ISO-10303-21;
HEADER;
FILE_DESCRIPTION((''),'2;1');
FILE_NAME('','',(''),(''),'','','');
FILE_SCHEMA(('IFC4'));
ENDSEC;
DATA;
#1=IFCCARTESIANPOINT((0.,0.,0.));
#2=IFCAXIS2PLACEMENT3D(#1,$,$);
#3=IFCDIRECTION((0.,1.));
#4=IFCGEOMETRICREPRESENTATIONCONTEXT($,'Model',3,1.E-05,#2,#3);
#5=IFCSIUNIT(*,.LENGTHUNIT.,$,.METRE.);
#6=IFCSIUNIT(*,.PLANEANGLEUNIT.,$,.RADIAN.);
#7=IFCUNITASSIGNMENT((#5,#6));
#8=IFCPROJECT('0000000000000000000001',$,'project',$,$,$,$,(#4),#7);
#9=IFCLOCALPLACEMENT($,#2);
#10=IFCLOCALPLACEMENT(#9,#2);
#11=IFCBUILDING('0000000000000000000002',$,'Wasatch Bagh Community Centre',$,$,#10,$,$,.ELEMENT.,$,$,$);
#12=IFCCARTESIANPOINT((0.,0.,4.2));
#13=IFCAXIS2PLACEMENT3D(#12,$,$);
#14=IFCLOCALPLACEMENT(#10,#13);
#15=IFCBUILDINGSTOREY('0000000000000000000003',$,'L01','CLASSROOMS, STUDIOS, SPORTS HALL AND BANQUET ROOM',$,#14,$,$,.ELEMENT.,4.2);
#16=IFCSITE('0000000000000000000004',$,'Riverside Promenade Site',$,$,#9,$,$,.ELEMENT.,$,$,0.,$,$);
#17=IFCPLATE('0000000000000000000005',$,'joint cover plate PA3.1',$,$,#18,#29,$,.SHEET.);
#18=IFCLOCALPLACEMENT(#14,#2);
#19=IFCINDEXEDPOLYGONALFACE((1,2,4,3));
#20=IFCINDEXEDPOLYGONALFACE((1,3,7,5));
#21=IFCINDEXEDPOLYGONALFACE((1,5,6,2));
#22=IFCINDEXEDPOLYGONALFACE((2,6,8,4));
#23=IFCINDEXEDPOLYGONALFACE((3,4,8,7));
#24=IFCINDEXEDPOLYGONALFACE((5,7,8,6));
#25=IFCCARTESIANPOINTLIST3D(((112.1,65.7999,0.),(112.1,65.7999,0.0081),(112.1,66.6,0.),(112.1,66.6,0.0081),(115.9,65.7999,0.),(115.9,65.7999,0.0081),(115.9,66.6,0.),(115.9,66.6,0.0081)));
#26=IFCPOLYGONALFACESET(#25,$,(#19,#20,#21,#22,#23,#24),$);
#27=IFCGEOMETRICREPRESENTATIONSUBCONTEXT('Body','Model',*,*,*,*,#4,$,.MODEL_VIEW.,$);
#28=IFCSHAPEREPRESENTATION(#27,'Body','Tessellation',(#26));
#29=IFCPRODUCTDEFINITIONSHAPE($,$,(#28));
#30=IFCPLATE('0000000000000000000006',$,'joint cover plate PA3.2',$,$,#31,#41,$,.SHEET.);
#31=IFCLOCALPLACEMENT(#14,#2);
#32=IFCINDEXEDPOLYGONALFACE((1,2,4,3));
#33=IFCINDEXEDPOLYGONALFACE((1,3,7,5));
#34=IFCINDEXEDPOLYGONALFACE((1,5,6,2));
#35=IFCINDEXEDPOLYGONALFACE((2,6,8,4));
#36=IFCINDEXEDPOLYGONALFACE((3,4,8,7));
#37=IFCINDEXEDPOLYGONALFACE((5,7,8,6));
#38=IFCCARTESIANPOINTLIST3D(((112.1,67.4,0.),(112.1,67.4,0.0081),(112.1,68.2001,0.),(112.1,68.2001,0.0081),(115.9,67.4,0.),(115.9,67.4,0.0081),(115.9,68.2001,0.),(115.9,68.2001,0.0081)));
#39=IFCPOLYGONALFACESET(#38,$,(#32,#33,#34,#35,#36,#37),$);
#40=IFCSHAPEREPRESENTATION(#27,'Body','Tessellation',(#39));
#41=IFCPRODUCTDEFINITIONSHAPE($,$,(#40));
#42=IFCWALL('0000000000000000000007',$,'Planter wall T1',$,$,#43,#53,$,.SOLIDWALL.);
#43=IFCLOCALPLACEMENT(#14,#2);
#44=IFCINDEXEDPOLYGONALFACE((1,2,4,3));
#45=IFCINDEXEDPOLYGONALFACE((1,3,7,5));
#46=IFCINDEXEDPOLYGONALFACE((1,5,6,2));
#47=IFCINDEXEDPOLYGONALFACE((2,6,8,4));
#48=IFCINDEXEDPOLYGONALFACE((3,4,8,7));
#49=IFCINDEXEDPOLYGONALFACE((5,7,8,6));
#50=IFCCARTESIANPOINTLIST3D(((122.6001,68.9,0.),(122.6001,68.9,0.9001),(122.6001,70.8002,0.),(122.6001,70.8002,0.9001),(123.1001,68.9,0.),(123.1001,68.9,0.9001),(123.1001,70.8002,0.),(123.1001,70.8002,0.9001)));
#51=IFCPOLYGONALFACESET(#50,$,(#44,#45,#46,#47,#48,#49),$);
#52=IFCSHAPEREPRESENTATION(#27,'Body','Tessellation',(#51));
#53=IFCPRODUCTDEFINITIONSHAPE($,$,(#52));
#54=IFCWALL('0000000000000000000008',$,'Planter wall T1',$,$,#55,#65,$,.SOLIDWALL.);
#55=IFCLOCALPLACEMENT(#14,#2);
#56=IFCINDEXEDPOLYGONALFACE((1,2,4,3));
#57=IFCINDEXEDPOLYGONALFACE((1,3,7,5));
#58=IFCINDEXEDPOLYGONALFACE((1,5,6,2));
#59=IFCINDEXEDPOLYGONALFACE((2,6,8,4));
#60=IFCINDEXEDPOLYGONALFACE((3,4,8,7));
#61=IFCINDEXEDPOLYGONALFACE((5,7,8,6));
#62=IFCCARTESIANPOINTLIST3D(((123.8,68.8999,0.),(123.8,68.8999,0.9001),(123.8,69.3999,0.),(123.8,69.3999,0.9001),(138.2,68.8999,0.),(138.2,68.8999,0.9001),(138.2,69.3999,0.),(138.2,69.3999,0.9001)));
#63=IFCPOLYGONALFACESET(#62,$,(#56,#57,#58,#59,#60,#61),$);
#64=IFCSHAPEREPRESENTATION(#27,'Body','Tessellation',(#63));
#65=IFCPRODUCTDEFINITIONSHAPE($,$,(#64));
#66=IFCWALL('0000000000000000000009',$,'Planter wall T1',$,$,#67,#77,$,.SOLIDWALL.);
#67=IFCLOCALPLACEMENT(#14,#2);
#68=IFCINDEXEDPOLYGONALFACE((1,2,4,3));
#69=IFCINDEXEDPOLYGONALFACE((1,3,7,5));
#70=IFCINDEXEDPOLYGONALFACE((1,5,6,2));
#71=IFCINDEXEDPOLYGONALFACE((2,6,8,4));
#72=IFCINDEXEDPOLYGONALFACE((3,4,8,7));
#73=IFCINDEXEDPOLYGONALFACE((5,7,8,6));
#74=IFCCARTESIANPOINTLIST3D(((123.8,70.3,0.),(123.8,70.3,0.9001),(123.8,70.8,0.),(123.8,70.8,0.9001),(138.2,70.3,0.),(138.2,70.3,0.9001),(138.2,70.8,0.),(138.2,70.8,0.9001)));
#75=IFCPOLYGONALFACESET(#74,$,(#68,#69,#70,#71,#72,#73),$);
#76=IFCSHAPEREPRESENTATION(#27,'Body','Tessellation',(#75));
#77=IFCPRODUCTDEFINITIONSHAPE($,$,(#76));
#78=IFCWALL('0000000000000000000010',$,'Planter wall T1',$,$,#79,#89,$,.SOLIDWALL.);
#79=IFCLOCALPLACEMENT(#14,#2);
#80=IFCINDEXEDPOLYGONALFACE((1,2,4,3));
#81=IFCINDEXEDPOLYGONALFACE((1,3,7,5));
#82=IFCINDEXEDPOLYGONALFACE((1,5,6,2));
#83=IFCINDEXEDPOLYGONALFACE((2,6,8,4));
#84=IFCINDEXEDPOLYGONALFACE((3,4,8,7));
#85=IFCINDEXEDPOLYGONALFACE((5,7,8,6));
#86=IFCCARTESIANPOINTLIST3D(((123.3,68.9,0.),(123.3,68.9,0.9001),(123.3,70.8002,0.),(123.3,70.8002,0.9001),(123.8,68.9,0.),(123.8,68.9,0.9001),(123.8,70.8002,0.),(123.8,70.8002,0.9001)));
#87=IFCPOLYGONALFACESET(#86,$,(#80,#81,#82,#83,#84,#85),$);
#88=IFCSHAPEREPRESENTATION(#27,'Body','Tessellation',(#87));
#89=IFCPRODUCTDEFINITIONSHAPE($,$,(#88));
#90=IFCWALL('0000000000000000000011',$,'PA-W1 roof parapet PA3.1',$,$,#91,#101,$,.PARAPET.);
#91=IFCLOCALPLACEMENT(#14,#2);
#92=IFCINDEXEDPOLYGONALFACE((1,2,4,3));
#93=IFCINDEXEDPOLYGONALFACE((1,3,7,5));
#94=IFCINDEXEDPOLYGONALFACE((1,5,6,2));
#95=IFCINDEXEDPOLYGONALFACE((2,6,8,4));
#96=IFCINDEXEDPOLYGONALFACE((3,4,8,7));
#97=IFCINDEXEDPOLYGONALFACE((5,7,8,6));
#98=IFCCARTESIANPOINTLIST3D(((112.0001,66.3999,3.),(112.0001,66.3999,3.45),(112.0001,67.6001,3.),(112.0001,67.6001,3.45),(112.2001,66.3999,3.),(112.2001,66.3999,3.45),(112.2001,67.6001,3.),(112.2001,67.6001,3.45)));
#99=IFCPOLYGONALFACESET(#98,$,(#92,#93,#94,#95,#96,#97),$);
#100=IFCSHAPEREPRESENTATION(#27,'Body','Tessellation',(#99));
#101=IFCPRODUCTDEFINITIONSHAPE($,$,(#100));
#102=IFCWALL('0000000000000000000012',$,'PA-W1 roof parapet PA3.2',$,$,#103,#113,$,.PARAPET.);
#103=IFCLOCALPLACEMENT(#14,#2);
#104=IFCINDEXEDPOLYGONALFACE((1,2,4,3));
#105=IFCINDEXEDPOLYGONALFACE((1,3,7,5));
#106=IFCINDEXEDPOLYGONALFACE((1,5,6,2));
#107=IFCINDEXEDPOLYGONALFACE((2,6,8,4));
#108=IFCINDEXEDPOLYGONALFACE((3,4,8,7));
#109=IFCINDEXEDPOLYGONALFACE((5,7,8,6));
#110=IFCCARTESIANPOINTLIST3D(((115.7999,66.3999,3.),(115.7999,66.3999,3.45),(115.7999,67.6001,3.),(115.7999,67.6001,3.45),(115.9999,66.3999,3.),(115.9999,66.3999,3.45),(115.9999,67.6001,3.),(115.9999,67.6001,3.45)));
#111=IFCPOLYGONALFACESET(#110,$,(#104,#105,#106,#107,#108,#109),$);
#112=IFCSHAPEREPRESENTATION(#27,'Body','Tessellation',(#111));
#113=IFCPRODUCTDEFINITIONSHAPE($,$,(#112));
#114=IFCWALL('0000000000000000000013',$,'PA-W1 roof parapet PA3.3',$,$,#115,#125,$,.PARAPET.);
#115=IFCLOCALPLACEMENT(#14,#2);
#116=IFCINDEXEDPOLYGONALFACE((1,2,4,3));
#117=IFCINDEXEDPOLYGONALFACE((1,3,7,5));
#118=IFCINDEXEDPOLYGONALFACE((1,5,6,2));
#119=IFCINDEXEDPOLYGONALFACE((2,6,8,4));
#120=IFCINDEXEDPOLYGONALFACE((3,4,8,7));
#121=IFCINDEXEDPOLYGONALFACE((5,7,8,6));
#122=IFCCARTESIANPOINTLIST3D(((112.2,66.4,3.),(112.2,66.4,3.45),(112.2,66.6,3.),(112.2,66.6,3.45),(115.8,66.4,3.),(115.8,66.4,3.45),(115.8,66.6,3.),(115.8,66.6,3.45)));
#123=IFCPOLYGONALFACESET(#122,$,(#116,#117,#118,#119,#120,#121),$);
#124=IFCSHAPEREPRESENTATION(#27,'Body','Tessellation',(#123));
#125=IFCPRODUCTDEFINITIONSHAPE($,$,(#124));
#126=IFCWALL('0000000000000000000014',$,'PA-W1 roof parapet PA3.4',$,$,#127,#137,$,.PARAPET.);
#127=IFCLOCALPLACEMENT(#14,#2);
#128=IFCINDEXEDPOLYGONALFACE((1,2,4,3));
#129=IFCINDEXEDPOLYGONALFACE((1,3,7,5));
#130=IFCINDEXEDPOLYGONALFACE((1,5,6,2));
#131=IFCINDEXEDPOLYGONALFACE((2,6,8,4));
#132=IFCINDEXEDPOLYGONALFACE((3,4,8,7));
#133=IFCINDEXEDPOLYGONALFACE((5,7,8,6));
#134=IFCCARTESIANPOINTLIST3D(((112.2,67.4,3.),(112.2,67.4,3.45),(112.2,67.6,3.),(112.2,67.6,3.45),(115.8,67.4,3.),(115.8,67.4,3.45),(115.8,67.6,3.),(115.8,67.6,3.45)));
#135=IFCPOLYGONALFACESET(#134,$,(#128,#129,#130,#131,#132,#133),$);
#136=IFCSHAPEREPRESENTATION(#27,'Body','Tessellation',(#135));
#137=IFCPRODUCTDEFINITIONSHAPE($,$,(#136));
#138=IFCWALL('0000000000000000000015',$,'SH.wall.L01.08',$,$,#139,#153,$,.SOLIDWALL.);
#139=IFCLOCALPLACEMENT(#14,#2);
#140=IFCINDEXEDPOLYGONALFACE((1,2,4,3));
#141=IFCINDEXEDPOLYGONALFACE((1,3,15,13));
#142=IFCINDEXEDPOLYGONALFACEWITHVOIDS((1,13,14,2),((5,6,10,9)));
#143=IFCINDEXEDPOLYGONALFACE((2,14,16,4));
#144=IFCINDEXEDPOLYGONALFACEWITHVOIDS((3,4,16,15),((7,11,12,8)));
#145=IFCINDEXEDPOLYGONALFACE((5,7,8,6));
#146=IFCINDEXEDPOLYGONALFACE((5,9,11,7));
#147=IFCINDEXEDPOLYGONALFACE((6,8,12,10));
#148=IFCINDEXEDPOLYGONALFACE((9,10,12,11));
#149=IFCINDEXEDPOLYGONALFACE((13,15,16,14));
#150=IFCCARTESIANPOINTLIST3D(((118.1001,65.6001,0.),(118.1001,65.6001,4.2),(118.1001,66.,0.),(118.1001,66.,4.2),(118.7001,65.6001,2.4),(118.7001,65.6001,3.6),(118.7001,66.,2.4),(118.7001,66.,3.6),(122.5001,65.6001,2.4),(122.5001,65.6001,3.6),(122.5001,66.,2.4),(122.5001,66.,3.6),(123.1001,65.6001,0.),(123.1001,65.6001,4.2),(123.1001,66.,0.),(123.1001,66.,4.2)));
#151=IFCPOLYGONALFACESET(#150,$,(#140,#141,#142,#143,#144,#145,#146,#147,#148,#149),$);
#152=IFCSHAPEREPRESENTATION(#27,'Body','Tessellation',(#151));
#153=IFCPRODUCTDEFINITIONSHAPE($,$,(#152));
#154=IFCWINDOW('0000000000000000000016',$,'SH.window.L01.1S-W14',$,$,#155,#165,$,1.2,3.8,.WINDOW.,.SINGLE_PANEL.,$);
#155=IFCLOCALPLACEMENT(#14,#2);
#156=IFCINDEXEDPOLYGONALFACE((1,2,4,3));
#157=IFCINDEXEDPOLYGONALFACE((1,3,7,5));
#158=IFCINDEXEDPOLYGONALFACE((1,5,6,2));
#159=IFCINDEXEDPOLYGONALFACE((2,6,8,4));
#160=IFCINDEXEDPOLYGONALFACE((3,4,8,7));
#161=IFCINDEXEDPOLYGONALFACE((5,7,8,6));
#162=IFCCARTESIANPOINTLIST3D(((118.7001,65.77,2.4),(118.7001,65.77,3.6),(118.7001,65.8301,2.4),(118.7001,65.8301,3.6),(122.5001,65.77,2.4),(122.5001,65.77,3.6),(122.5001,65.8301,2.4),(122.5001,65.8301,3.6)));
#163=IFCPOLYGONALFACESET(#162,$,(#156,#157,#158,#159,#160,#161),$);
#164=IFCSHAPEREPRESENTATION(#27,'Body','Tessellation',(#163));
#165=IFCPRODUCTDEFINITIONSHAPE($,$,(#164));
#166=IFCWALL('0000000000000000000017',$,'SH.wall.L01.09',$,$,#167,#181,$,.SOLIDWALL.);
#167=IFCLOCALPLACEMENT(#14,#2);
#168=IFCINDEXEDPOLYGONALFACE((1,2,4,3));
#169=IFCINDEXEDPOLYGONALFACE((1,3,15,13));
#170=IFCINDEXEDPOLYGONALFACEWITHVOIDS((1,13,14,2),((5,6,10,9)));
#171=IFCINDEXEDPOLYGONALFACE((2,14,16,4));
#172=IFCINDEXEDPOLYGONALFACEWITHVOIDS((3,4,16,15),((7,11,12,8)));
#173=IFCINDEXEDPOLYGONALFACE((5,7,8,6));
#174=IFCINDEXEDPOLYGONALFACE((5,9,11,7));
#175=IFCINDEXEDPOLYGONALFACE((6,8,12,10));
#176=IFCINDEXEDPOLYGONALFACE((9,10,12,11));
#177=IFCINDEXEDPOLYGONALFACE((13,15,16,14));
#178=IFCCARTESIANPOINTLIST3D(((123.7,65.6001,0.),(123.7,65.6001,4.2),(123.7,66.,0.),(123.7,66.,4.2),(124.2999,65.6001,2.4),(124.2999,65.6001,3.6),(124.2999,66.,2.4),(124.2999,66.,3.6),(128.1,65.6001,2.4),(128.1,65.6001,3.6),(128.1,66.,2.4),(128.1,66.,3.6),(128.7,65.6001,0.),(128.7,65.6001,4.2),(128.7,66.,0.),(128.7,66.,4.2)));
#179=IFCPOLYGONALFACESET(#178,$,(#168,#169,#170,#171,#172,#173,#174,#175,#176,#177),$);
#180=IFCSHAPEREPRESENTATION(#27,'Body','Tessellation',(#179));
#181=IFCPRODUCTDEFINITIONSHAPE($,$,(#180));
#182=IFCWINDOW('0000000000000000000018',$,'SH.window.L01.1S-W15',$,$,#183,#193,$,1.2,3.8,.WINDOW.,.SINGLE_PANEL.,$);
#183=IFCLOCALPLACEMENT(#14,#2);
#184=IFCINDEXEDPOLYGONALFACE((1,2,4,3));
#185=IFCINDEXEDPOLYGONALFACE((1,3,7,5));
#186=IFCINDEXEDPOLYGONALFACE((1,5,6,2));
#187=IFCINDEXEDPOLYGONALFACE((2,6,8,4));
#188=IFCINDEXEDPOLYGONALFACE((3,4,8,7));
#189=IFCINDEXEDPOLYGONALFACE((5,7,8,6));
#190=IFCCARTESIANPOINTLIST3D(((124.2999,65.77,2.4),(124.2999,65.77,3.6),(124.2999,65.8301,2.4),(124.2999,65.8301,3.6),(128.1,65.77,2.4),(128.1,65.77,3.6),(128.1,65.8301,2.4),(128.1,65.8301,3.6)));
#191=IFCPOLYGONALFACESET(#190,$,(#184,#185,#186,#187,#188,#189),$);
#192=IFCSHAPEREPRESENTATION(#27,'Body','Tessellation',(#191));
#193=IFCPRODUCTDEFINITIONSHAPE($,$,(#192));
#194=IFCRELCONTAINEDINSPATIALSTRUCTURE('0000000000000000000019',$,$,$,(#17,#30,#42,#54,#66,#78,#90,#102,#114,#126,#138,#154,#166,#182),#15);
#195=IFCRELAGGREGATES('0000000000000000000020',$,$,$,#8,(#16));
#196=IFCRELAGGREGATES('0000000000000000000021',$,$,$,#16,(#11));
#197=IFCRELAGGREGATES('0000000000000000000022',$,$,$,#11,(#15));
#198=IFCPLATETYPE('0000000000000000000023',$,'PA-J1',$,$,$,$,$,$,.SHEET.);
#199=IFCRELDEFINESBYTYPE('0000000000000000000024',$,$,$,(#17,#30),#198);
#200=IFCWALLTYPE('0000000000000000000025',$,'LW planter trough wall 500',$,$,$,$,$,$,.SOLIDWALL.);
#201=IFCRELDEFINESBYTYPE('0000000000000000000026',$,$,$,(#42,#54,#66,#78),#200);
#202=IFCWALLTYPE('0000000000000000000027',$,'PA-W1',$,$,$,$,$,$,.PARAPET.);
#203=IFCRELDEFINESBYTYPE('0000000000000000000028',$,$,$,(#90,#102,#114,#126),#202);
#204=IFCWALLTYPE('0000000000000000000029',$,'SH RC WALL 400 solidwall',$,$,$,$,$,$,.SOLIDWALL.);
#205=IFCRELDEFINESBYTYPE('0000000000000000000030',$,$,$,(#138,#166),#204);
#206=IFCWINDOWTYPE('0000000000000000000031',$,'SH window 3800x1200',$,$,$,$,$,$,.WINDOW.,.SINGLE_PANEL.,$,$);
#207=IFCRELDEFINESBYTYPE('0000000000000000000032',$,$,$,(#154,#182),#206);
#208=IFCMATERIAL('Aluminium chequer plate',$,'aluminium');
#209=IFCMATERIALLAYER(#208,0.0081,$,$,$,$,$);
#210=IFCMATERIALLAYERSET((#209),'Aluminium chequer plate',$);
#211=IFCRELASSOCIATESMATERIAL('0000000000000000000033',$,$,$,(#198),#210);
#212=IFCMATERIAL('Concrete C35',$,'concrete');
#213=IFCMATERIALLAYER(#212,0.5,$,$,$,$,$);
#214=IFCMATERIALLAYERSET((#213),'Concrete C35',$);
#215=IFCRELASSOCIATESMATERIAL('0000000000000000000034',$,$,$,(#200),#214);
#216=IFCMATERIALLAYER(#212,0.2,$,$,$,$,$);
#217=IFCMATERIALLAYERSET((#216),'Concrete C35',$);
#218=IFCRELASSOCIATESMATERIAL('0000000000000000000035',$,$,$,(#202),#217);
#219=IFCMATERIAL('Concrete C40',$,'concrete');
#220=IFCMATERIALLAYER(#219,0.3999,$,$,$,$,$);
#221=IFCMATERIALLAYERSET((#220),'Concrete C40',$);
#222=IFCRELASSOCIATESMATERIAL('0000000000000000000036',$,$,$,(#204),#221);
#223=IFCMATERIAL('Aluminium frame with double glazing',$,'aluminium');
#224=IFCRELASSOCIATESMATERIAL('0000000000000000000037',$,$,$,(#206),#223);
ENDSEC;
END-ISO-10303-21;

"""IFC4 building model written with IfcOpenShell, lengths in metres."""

from ifc_helpers import new_model, si_unit, direction, frame, frame_2d, origin, origin_2d, place, context, subcontext, project, spatial, rectangle, extrude, material, layer, layer_set, type_object, element, fill, save


model = new_model("IFC4")

# Units and contexts
model_context = context("Model", 3, precision=1e-05, world=origin(), true_north=direction((0.0, 1.0)))
body_context = subcontext(model_context, "Body", "Model", "MODEL_VIEW")
ifc_project = project(units=[si_unit("LENGTHUNIT", "METRE"), si_unit("PLANEANGLEUNIT", "RADIAN")], contexts=[model_context])

# Site, building, storey
site_placement = place(None, origin())
site = spatial("IfcSite", under=ifc_project, at=site_placement, Name="Riverside Promenade Site", CompositionType="ELEMENT", RefElevation=0.0)
building_placement = place(site_placement, origin())
building = spatial("IfcBuilding", under=site, at=building_placement, Name="Wasatch Bagh Community Centre", CompositionType="ELEMENT")
storey_placement = place(building_placement, frame((0.0, 0.0, 4.2)))
storey = spatial("IfcBuildingStorey", under=building, at=storey_placement, Name="L01", Description="CLASSROOMS, STUDIOS, SPORTS HALL AND BANQUET ROOM", CompositionType="ELEMENT", Elevation=4.2)

# Shared definitions
ifc_material_1 = material(Name="Concrete C40", Category="concrete")

# Shared definitions
ifc_material_2 = material(Name="Concrete C35", Category="concrete")

# Plates
ifc_material_3 = material(Name="Aluminium chequer plate", Category="aluminium")
ifc_layer_1 = layer(ifc_material_3, 0.0081)
ifc_layer_set_1 = layer_set([ifc_layer_1], Name="Aluminium chequer plate")
plate_type_1 = type_object("IfcPlateType", Name="PA-J1", PredefinedType="SHEET", material=ifc_layer_set_1)
for number, where, z_axis, x_axis, name in (
    (1, (114.0, 66.2, 0.0), (0.0, 0.0, 1.0), (1.0, 0.0, 0.0), "joint cover plate PA3.1"),
    (2, (114.0, 67.8, 0.0), (0.0, 0.0, 1.0), (1.0, 0.0, 0.0), "joint cover plate PA3.2"),
):
    element("IfcPlate", number, at=place(storey_placement, frame(where, z_axis=z_axis, x_axis=x_axis)), inside=storey, type_object=plate_type_1, Name=name, PredefinedType="SHEET", context=body_context, shape_type="SweptSolid", body=[
        extrude(rectangle(XDim=3.8, YDim=0.8, at=origin_2d()), origin(), (0.0, 0.0, 1.0), 0.0081),
    ])

# Walls
ifc_layer_2 = layer(ifc_material_2, 0.5)
ifc_layer_set_2 = layer_set([ifc_layer_2], Name="Concrete C35")
wall_type_1 = type_object("IfcWallType", Name="LW planter trough wall 500", PredefinedType="SOLIDWALL", material=ifc_layer_set_2)
wall_1_placement = place(storey_placement, frame((122.8501, 68.8999, 0.0), z_axis=(0.0, 0.0, 1.0), x_axis=(0.0, 1.0, 0.0)))
element("IfcWall", 3, at=wall_1_placement, inside=storey, type_object=wall_type_1, Name="Planter wall T1", PredefinedType="SOLIDWALL", context=body_context, shape_type="SweptSolid", body=[
    extrude(rectangle(XDim=1.9001, YDim=0.5, at=frame_2d((0.9502, 0.0))), origin(), (0.0, 0.0, 1.0), 0.9001),
])
for number, where, z_axis, x_axis, name in (
    (4, (123.8, 69.1499, 0.0), (0.0, 0.0, 1.0), (1.0, 0.0, 0.0), "Planter wall T1"),
    (5, (123.8, 70.55, 0.0), (0.0, 0.0, 1.0), (1.0, 0.0, 0.0), "Planter wall T1"),
):
    element("IfcWall", number, at=place(storey_placement, frame(where, z_axis=z_axis, x_axis=x_axis)), inside=storey, type_object=wall_type_1, Name=name, PredefinedType="SOLIDWALL", context=body_context, shape_type="SweptSolid", body=[
        extrude(rectangle(XDim=14.3999, YDim=0.5, at=frame_2d((7.2, 0.0))), origin(), (0.0, 0.0, 1.0), 0.9001),
    ])
wall_2_placement = place(storey_placement, frame((123.55, 68.8999, 0.0), z_axis=(0.0, 0.0, 1.0), x_axis=(0.0, 1.0, 0.0)))
element("IfcWall", 6, at=wall_2_placement, inside=storey, type_object=wall_type_1, Name="Planter wall T1", PredefinedType="SOLIDWALL", context=body_context, shape_type="SweptSolid", body=[
    extrude(rectangle(XDim=1.9001, YDim=0.5, at=frame_2d((0.9502, 0.0))), origin(), (0.0, 0.0, 1.0), 0.9001),
])
ifc_layer_3 = layer(ifc_material_2, 0.2)
ifc_layer_set_3 = layer_set([ifc_layer_3], Name="Concrete C35")
wall_type_2 = type_object("IfcWallType", Name="PA-W1", PredefinedType="PARAPET", material=ifc_layer_set_3)
for number, where, z_axis, x_axis, name in (
    (7, (112.1001, 66.3999, 3.0), (0.0, 0.0, 1.0), (0.0, 1.0, 0.0), "PA-W1 roof parapet PA3.1"),
    (8, (115.8999, 66.3999, 3.0), (0.0, 0.0, 1.0), (0.0, 1.0, 0.0), "PA-W1 roof parapet PA3.2"),
):
    element("IfcWall", number, at=place(storey_placement, frame(where, z_axis=z_axis, x_axis=x_axis)), inside=storey, type_object=wall_type_2, Name=name, PredefinedType="PARAPET", context=body_context, shape_type="SweptSolid", body=[
        extrude(rectangle(XDim=1.2002, YDim=0.2, at=frame_2d((0.6001, 0.0))), origin(), (0.0, 0.0, 1.0), 0.45),
    ])
for number, where, z_axis, x_axis, name in (
    (9, (112.2, 66.5, 3.0), (0.0, 0.0, 1.0), (1.0, 0.0, 0.0), "PA-W1 roof parapet PA3.3"),
    (10, (112.2, 67.5, 3.0), (0.0, 0.0, 1.0), (1.0, 0.0, 0.0), "PA-W1 roof parapet PA3.4"),
):
    element("IfcWall", number, at=place(storey_placement, frame(where, z_axis=z_axis, x_axis=x_axis)), inside=storey, type_object=wall_type_2, Name=name, PredefinedType="PARAPET", context=body_context, shape_type="SweptSolid", body=[
        extrude(rectangle(XDim=3.6001, YDim=0.2, at=frame_2d((1.8, 0.0))), origin(), (0.0, 0.0, 1.0), 0.45),
    ])

# Walls, openings, windows
ifc_layer_4 = layer(ifc_material_1, 0.3999)
ifc_layer_set_4 = layer_set([ifc_layer_4], Name="Concrete C40")
wall_type_3 = type_object("IfcWallType", Name="SH RC WALL 400 solidwall", PredefinedType="SOLIDWALL", material=ifc_layer_set_4)
wall_3_placement = place(storey_placement, frame((118.1001, 65.8, 0.0), z_axis=(0.0, 0.0, 1.0), x_axis=(1.0, 0.0, 0.0)))
wall_3 = element("IfcWall", 11, at=wall_3_placement, inside=storey, type_object=wall_type_3, Name="SH.wall.L01.08", PredefinedType="SOLIDWALL", context=body_context, shape_type="SweptSolid", body=[
    extrude(rectangle(XDim=5.0, YDim=0.3999, at=frame_2d((2.5, 0.0))), origin(), (0.0, 0.0, 1.0), 4.2),
])
opening_1_placement = place(wall_3_placement, frame((0.6001, 0.0, 2.3999)))
opening_1 = element("IfcOpeningElement", 12, at=opening_1_placement, cuts=wall_3, PredefinedType="OPENING", context=body_context, shape_type="SweptSolid", body=[
    extrude(rectangle(XDim=3.8, YDim=1.2, at=frame_2d((1.8999, 0.6001))), frame((0.0, 0.21, 0.0), z_axis=(0.0, -1.0, 0.0), x_axis=(1.0, 0.0, 0.0)), (0.0, 0.0, 1.0), 0.4199),
])
ifc_material_4 = material(Name="Aluminium frame with double glazing", Category="aluminium")
window_type = type_object("IfcWindowType", Name="SH window 3800x1200", PartitioningType="SINGLE_PANEL", PredefinedType="WINDOW", material=ifc_material_4)
window_1_placement = place(opening_1_placement, origin())
window_1 = element("IfcWindow", 13, at=window_1_placement, inside=storey, type_object=window_type, Name="SH.window.L01.1S-W14", OverallHeight=1.2, OverallWidth=3.8, PartitioningType="SINGLE_PANEL", PredefinedType="WINDOW", context=body_context, shape_type="SweptSolid", body=[
    extrude(rectangle(XDim=3.8, YDim=1.2, at=frame_2d((1.8999, 0.6001))), frame((0.0, 0.03, 0.0), z_axis=(0.0, -1.0, 0.0), x_axis=(1.0, 0.0, 0.0)), (0.0, 0.0, 1.0), 0.0601),
])
fill(opening_1, window_1)
wall_4_placement = place(storey_placement, frame((123.7, 65.8, 0.0), z_axis=(0.0, 0.0, 1.0), x_axis=(1.0, 0.0, 0.0)))
wall_4 = element("IfcWall", 14, at=wall_4_placement, inside=storey, type_object=wall_type_3, Name="SH.wall.L01.09", PredefinedType="SOLIDWALL", context=body_context, shape_type="SweptSolid", body=[
    extrude(rectangle(XDim=5.0, YDim=0.3999, at=frame_2d((2.5, 0.0))), origin(), (0.0, 0.0, 1.0), 4.2),
])
opening_2_placement = place(wall_4_placement, frame((0.6001, 0.0, 2.3999)))
opening_2 = element("IfcOpeningElement", 15, at=opening_2_placement, cuts=wall_4, PredefinedType="OPENING", context=body_context, shape_type="SweptSolid", body=[
    extrude(rectangle(XDim=3.8, YDim=1.2, at=frame_2d((1.8999, 0.6001))), frame((0.0, 0.21, 0.0), z_axis=(0.0, -1.0, 0.0), x_axis=(1.0, 0.0, 0.0)), (0.0, 0.0, 1.0), 0.4199),
])
window_2_placement = place(opening_2_placement, origin())
window_2 = element("IfcWindow", 16, at=window_2_placement, inside=storey, type_object=window_type, Name="SH.window.L01.1S-W15", OverallHeight=1.2, OverallWidth=3.8, PartitioningType="SINGLE_PANEL", PredefinedType="WINDOW", context=body_context, shape_type="SweptSolid", body=[
    extrude(rectangle(XDim=3.8, YDim=1.2, at=frame_2d((1.8999, 0.6001))), frame((0.0, 0.03, 0.0), z_axis=(0.0, -1.0, 0.0), x_axis=(1.0, 0.0, 0.0)), (0.0, 0.0, 1.0), 0.0601),
])
fill(opening_2, window_2)

save(model, "model.ifc")
